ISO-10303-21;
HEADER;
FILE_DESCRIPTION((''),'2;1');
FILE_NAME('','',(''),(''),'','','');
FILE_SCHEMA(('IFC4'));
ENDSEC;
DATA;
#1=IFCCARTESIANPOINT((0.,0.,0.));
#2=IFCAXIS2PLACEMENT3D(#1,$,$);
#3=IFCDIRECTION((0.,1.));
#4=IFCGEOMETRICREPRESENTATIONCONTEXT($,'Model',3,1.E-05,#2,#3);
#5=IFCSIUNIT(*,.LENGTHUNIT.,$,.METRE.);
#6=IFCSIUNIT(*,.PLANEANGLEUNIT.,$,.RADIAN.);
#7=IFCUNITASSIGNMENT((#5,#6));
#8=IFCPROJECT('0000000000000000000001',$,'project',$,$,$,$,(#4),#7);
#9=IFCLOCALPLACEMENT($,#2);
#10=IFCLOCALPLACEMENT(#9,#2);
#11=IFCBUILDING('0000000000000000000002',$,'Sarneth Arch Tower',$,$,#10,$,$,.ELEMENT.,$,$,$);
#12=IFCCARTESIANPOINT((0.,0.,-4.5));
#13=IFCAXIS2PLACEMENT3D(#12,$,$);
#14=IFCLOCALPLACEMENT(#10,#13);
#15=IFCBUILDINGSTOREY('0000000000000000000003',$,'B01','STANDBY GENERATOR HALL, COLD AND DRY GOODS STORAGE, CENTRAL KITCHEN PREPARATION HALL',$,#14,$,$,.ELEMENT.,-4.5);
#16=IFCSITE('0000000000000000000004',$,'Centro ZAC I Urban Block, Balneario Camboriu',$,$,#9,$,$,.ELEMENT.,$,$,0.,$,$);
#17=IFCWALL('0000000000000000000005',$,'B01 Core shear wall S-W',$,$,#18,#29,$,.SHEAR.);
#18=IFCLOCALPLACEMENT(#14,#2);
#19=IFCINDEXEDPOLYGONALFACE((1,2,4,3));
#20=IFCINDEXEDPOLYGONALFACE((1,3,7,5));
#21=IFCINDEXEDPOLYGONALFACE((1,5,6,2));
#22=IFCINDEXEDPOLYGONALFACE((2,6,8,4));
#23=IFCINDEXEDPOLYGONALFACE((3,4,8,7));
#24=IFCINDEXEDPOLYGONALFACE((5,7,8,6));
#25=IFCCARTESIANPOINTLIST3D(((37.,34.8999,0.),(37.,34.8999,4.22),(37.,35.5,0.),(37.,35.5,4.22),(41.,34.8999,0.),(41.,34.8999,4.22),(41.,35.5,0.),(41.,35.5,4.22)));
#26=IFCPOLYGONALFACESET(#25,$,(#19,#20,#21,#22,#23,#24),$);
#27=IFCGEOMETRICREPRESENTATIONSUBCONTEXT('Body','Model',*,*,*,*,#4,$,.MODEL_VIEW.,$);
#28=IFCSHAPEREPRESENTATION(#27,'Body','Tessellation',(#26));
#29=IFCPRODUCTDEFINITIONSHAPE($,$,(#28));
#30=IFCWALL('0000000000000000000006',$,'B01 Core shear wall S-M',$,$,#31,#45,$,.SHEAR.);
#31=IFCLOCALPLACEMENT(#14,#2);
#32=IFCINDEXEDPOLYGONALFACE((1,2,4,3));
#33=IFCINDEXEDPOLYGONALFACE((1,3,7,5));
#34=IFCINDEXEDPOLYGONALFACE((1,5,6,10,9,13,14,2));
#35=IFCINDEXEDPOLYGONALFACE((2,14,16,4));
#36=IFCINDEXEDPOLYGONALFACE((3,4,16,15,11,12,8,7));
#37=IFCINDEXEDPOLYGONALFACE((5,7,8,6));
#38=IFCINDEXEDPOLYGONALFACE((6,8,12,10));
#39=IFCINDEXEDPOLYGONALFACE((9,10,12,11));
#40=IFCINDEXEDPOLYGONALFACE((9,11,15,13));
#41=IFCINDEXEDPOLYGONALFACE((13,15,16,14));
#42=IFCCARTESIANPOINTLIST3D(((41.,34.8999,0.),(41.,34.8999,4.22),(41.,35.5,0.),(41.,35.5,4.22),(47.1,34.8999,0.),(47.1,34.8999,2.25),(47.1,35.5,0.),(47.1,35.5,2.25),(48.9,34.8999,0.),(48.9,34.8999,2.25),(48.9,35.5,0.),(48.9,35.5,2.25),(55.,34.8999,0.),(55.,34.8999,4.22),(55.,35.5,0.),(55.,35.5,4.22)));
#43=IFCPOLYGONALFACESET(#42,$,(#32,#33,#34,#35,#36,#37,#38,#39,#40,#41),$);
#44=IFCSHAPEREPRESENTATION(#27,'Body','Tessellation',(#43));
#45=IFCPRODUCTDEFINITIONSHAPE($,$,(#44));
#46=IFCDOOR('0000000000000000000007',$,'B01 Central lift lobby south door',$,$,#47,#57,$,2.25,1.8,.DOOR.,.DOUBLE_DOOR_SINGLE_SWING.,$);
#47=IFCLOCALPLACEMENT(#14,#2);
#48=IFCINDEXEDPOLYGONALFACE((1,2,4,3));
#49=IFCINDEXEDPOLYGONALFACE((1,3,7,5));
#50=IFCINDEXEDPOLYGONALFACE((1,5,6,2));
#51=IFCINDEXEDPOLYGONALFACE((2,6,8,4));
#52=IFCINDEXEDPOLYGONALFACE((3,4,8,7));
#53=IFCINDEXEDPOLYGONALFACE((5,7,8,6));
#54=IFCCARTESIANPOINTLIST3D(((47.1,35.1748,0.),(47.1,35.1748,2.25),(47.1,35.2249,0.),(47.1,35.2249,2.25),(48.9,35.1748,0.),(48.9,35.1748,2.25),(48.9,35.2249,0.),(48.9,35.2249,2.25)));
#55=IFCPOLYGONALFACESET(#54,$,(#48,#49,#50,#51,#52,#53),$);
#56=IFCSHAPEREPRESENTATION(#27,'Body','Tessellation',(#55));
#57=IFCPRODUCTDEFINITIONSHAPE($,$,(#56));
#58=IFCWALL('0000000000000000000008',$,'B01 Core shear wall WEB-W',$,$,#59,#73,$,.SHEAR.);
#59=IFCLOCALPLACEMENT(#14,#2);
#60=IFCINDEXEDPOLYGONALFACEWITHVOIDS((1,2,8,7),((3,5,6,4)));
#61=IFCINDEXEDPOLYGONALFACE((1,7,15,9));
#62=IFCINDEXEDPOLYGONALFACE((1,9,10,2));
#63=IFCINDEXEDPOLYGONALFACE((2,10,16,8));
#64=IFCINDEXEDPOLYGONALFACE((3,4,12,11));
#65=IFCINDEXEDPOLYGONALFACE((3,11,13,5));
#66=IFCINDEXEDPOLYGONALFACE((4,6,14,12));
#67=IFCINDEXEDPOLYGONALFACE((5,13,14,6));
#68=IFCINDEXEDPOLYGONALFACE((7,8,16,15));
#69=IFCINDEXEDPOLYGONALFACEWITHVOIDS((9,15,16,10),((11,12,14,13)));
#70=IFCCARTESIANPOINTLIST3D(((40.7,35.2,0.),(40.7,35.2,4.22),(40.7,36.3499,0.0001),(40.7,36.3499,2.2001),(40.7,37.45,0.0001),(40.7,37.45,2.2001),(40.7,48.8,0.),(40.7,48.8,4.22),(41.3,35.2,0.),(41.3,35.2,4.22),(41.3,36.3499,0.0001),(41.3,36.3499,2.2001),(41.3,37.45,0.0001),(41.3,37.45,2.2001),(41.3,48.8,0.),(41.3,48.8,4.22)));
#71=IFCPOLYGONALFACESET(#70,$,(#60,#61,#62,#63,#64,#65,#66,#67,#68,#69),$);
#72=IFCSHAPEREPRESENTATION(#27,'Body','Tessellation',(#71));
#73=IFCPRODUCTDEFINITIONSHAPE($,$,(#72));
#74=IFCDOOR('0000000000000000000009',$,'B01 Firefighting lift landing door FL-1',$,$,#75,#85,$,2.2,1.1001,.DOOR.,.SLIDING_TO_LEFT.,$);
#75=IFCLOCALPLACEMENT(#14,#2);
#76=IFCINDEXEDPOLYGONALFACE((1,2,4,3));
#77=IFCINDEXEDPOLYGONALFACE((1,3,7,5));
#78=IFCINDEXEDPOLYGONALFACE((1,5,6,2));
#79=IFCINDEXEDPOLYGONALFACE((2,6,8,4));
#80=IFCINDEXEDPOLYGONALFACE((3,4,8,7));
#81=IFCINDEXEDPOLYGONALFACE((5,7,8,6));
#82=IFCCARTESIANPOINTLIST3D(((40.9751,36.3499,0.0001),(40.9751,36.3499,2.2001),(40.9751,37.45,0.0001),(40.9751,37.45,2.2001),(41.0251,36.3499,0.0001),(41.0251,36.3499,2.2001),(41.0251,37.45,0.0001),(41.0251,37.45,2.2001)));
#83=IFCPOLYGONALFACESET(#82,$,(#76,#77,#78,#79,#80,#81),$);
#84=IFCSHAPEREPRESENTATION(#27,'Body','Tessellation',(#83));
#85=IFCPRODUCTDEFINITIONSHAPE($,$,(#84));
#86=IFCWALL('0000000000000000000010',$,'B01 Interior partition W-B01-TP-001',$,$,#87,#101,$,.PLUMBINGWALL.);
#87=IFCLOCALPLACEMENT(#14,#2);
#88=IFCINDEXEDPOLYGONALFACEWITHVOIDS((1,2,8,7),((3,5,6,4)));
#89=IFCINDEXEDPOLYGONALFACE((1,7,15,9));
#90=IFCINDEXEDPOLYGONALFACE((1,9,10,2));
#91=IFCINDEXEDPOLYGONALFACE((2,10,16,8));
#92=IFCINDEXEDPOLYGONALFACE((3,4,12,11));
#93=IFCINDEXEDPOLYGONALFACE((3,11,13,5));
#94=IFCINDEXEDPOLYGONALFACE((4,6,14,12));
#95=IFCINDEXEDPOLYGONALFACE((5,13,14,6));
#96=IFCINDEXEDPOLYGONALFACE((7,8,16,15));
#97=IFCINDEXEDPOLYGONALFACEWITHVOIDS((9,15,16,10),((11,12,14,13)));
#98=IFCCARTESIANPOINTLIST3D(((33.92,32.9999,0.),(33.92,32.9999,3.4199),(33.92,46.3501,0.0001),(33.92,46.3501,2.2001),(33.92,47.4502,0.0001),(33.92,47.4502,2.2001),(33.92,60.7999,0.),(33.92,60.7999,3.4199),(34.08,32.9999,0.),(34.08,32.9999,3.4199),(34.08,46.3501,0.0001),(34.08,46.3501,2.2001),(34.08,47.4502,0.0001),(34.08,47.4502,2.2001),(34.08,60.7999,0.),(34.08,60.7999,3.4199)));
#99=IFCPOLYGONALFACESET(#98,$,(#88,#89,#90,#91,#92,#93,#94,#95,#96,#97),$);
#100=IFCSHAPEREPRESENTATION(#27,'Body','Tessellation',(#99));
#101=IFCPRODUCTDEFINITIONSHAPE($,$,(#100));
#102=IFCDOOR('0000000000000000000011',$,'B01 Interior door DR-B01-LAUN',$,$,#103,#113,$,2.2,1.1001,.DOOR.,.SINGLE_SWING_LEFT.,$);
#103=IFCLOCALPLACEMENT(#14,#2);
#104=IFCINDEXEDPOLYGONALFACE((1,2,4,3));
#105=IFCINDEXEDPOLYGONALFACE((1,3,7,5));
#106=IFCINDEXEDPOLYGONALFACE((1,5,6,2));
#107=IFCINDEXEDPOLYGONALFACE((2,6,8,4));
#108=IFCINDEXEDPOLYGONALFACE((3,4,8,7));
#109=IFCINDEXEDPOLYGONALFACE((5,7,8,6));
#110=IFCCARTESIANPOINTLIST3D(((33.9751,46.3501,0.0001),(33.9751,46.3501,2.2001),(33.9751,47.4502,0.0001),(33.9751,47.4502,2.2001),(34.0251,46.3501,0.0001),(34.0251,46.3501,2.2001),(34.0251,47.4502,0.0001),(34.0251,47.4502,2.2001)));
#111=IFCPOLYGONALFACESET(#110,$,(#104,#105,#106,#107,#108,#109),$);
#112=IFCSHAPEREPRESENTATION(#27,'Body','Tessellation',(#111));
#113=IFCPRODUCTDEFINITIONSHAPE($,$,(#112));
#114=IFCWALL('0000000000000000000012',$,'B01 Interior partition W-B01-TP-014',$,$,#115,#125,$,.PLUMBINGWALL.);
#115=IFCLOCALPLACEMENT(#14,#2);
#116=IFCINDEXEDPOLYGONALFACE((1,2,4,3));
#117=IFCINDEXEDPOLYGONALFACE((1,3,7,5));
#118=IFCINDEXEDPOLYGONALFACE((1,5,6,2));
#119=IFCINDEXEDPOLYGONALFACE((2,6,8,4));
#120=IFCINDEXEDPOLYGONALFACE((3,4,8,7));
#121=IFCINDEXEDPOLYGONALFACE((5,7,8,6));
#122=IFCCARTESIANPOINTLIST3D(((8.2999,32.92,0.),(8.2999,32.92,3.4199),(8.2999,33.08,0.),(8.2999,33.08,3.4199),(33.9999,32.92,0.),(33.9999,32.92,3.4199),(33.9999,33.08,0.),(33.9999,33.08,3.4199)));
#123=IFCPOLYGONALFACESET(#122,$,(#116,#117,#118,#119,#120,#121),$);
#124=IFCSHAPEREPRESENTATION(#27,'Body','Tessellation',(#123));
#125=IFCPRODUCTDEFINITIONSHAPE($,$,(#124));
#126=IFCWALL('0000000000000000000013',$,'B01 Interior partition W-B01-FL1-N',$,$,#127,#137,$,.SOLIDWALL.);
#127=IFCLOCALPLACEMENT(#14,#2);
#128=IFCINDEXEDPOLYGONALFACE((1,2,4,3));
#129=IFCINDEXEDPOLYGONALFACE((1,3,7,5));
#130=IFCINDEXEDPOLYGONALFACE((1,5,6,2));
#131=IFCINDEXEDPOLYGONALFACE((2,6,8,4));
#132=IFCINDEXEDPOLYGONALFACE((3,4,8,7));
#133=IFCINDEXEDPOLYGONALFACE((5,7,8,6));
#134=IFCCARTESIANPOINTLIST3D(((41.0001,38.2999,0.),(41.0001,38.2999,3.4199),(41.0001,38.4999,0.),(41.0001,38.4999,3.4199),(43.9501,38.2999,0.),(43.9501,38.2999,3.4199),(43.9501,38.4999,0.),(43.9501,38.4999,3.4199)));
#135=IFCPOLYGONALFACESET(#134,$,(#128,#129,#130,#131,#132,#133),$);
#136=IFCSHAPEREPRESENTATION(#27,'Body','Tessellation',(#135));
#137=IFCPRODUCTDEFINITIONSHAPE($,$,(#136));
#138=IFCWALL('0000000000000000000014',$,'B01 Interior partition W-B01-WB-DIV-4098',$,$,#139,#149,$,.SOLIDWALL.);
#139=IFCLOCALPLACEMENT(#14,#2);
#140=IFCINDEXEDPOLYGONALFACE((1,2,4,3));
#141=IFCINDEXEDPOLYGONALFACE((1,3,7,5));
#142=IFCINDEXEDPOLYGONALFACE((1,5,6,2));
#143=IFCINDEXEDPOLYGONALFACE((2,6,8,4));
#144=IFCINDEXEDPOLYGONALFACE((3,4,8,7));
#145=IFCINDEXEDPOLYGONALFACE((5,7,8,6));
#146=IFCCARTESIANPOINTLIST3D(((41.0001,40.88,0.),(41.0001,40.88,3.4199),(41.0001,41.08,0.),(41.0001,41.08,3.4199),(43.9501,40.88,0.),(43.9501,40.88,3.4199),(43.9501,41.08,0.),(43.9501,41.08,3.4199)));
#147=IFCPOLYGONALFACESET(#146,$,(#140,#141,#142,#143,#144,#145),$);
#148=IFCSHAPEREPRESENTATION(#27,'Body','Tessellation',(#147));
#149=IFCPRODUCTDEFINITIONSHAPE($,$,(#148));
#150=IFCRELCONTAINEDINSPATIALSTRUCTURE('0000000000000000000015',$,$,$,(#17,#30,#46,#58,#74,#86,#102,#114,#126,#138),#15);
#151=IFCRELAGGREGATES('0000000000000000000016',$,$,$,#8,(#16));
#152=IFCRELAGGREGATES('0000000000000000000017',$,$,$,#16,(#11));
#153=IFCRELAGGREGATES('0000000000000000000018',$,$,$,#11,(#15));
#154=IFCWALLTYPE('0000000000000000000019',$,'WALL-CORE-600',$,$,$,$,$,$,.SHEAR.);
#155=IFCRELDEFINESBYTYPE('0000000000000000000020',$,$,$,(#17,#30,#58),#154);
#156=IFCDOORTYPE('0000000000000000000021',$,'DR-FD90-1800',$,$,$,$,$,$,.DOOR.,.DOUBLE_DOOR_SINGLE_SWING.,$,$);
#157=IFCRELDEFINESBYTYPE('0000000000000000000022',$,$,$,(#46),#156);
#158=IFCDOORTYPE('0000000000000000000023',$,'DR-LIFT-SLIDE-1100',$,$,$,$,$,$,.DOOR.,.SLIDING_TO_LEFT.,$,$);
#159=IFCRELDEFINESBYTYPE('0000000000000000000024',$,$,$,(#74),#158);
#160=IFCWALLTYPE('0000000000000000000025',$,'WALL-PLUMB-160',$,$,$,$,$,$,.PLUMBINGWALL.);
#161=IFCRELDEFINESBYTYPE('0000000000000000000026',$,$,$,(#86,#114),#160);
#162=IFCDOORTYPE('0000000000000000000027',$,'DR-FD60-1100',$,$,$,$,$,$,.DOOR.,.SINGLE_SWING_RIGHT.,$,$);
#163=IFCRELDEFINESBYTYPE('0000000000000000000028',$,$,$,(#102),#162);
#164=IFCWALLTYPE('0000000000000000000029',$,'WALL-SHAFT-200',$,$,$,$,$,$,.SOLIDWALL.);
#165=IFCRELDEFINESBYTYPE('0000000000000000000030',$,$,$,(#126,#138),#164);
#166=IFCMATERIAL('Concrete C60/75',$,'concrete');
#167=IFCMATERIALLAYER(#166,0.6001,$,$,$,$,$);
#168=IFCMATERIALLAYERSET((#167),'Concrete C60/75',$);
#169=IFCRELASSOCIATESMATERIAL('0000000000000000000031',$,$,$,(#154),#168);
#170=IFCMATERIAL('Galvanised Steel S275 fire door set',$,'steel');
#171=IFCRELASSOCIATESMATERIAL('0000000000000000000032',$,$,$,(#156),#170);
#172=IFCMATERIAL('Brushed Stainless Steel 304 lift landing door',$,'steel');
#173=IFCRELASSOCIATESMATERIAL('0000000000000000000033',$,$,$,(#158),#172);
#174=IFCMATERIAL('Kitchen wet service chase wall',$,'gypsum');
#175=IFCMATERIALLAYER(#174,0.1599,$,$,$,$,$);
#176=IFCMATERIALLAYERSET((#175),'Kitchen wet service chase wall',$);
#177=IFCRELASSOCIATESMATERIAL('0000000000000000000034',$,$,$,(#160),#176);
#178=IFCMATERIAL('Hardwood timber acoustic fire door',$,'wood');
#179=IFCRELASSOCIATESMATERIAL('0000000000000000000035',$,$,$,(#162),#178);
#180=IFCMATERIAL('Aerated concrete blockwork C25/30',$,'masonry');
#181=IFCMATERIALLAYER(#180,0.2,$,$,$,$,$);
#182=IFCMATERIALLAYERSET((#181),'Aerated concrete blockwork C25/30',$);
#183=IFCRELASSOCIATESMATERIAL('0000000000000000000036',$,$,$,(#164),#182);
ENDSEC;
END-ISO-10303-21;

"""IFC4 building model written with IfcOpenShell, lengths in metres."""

from ifc_helpers import new_model, si_unit, direction, frame, frame_2d, origin, place, context, subcontext, project, spatial, rectangle, extrude, material, layer, layer_set, type_object, element, fill, save


model = new_model("IFC4")

# Units and contexts
model_context = context("Model", 3, precision=1e-05, world=origin(), true_north=direction((0.0, 1.0)))
body_context = subcontext(model_context, "Body", "Model", "MODEL_VIEW")
ifc_project = project(units=[si_unit("LENGTHUNIT", "METRE"), si_unit("PLANEANGLEUNIT", "RADIAN")], contexts=[model_context])

# Site, building, storey
site_placement = place(None, origin())
site = spatial("IfcSite", under=ifc_project, at=site_placement, Name="Centro ZAC I Urban Block, Balneario Camboriu", CompositionType="ELEMENT", RefElevation=0.0)
building_placement = place(site_placement, origin())
building = spatial("IfcBuilding", under=site, at=building_placement, Name="Sarneth Arch Tower", CompositionType="ELEMENT")
storey_placement = place(building_placement, frame((0.0, 0.0, -4.5)))
storey = spatial("IfcBuildingStorey", under=building, at=storey_placement, Name="B01", Description="STANDBY GENERATOR HALL, COLD AND DRY GOODS STORAGE, CENTRAL KITCHEN PREPARATION HALL", CompositionType="ELEMENT", Elevation=-4.5)

# Wall
ifc_material_1 = material(Name="Concrete C60/75", Category="concrete")
ifc_layer_1 = layer(ifc_material_1, 0.6001)
ifc_layer_set_1 = layer_set([ifc_layer_1], Name="Concrete C60/75")
wall_type_1 = type_object("IfcWallType", Name="WALL-CORE-600", PredefinedType="SHEAR", material=ifc_layer_set_1)
wall_1_placement = place(storey_placement, frame((37.0, 35.2, 0.0), z_axis=(0.0, 0.0, 1.0), x_axis=(1.0, 0.0, 0.0)))
element("IfcWall", 1, at=wall_1_placement, inside=storey, type_object=wall_type_1, Name="B01 Core shear wall S-W", PredefinedType="SHEAR", context=body_context, shape_type="SweptSolid", body=[
    extrude(rectangle(XDim=4.0, YDim=0.6001, at=frame_2d((2.0, 0.0))), origin(), (0.0, 0.0, 1.0), 4.22),
])

# Walls, openings, doors
wall_2_placement = place(storey_placement, frame((41.0, 35.2, 0.0), z_axis=(0.0, 0.0, 1.0), x_axis=(1.0, 0.0, 0.0)))
wall_2 = element("IfcWall", 2, at=wall_2_placement, inside=storey, type_object=wall_type_1, Name="B01 Core shear wall S-M", PredefinedType="SHEAR", context=body_context, shape_type="SweptSolid", body=[
    extrude(rectangle(XDim=14.0, YDim=0.6001, at=frame_2d((7.0, 0.0))), origin(), (0.0, 0.0, 1.0), 4.22),
])
opening_1_placement = place(wall_2_placement, frame((6.1001, 0.0, 0.0)))
opening_1 = element("IfcOpeningElement", 3, at=opening_1_placement, cuts=wall_2, PredefinedType="OPENING", context=body_context, shape_type="SweptSolid", body=[
    extrude(rectangle(XDim=1.8, YDim=2.25, at=frame_2d((0.8999, 1.125))), frame((0.0, 0.3101, 0.0), z_axis=(0.0, -1.0, 0.0), x_axis=(1.0, 0.0, 0.0)), (0.0, 0.0, 1.0), 0.6201),
])
ifc_material_2 = material(Name="Galvanised Steel S275 fire door set", Category="steel")
door_type_1 = type_object("IfcDoorType", Name="DR-FD90-1800", OperationType="DOUBLE_DOOR_SINGLE_SWING", PredefinedType="DOOR", material=ifc_material_2)
door_1_placement = place(opening_1_placement, origin())
door_1 = element("IfcDoor", 4, at=door_1_placement, inside=storey, type_object=door_type_1, Name="B01 Central lift lobby south door", OperationType="DOUBLE_DOOR_SINGLE_SWING", OverallHeight=2.25, OverallWidth=1.8, PredefinedType="DOOR", context=body_context, shape_type="SweptSolid", body=[
    extrude(rectangle(XDim=1.8, YDim=2.25, at=frame_2d((0.8999, 1.125))), frame((0.0, 0.0249, 0.0), z_axis=(0.0, -1.0, 0.0), x_axis=(1.0, 0.0, 0.0)), (0.0, 0.0, 1.0), 0.05),
])
fill(opening_1, door_1)
wall_3_placement = place(storey_placement, frame((41.0, 35.2, 0.0), z_axis=(0.0, 0.0, 1.0), x_axis=(0.0, 1.0, 0.0)))
wall_3 = element("IfcWall", 5, at=wall_3_placement, inside=storey, type_object=wall_type_1, Name="B01 Core shear wall WEB-W", PredefinedType="SHEAR", context=body_context, shape_type="SweptSolid", body=[
    extrude(rectangle(XDim=13.6001, YDim=0.6001, at=frame_2d((6.8, 0.0))), origin(), (0.0, 0.0, 1.0), 4.22),
])
opening_2_placement = place(wall_3_placement, frame((1.1499, 0.0, 0.0)))
opening_2 = element("IfcOpeningElement", 6, at=opening_2_placement, cuts=wall_3, PredefinedType="OPENING", context=body_context, shape_type="SweptSolid", body=[
    extrude(rectangle(XDim=1.1001, YDim=2.2, at=frame_2d((0.55, 1.1001))), frame((0.0, 0.3101, 0.0), z_axis=(0.0, -1.0, 0.0), x_axis=(1.0, 0.0, 0.0)), (0.0, 0.0, 1.0), 0.6201),
])
ifc_material_3 = material(Name="Brushed Stainless Steel 304 lift landing door", Category="steel")
door_type_2 = type_object("IfcDoorType", Name="DR-LIFT-SLIDE-1100", OperationType="SLIDING_TO_LEFT", PredefinedType="DOOR", material=ifc_material_3)
door_2_placement = place(opening_2_placement, origin())
door_2 = element("IfcDoor", 7, at=door_2_placement, inside=storey, type_object=door_type_2, Name="B01 Firefighting lift landing door FL-1", OperationType="SLIDING_TO_LEFT", OverallHeight=2.2, OverallWidth=1.1001, PredefinedType="DOOR", context=body_context, shape_type="SweptSolid", body=[
    extrude(rectangle(XDim=1.1001, YDim=2.2, at=frame_2d((0.55, 1.1001))), frame((0.0, 0.0249, 0.0), z_axis=(0.0, -1.0, 0.0), x_axis=(1.0, 0.0, 0.0)), (0.0, 0.0, 1.0), 0.05),
])
fill(opening_2, door_2)
ifc_material_4 = material(Name="Kitchen wet service chase wall", Category="gypsum")
ifc_layer_2 = layer(ifc_material_4, 0.1599)
ifc_layer_set_2 = layer_set([ifc_layer_2], Name="Kitchen wet service chase wall")
wall_type_2 = type_object("IfcWallType", Name="WALL-PLUMB-160", PredefinedType="PLUMBINGWALL", material=ifc_layer_set_2)
wall_4_placement = place(storey_placement, frame((34.0, 33.0, 0.0), z_axis=(0.0, 0.0, 1.0), x_axis=(0.0, 1.0, 0.0)))
wall_4 = element("IfcWall", 8, at=wall_4_placement, inside=storey, type_object=wall_type_2, Name="B01 Interior partition W-B01-TP-001", PredefinedType="PLUMBINGWALL", context=body_context, shape_type="SweptSolid", body=[
    extrude(rectangle(XDim=27.8, YDim=0.1599, at=frame_2d((13.8999, 0.0))), origin(), (0.0, 0.0, 1.0), 3.4199),
])
opening_3_placement = place(wall_4_placement, frame((13.3501, 0.0, 0.0)))
opening_3 = element("IfcOpeningElement", 9, at=opening_3_placement, cuts=wall_4, PredefinedType="OPENING", context=body_context, shape_type="SweptSolid", body=[
    extrude(rectangle(XDim=1.1001, YDim=2.2, at=frame_2d((0.55, 1.1001))), frame((0.0, 0.0898, 0.0), z_axis=(0.0, -1.0, 0.0), x_axis=(1.0, 0.0, 0.0)), (0.0, 0.0, 1.0), 0.1799),
])
ifc_material_5 = material(Name="Hardwood timber acoustic fire door", Category="wood")
door_type_3 = type_object("IfcDoorType", Name="DR-FD60-1100", OperationType="SINGLE_SWING_RIGHT", PredefinedType="DOOR", material=ifc_material_5)
door_3_placement = place(opening_3_placement, origin())
door_3 = element("IfcDoor", 10, at=door_3_placement, inside=storey, type_object=door_type_3, Name="B01 Interior door DR-B01-LAUN", OperationType="SINGLE_SWING_LEFT", OverallHeight=2.2, OverallWidth=1.1001, PredefinedType="DOOR", context=body_context, shape_type="SweptSolid", body=[
    extrude(rectangle(XDim=1.1001, YDim=2.2, at=frame_2d((0.55, 1.1001))), frame((0.0, 0.0249, 0.0), z_axis=(0.0, -1.0, 0.0), x_axis=(1.0, 0.0, 0.0)), (0.0, 0.0, 1.0), 0.05),
])
fill(opening_3, door_3)

# Wall
wall_5_placement = place(storey_placement, frame((34.0, 33.0, 0.0), z_axis=(0.0, 0.0, 1.0), x_axis=(-1.0, 0.0, 0.0)))
element("IfcWall", 11, at=wall_5_placement, inside=storey, type_object=wall_type_2, Name="B01 Interior partition W-B01-TP-014", PredefinedType="PLUMBINGWALL", context=body_context, shape_type="SweptSolid", body=[
    extrude(rectangle(XDim=25.7, YDim=0.1599, at=frame_2d((12.8501, 0.0))), origin(), (0.0, 0.0, 1.0), 3.4199),
])

# Shared definitions
ifc_material_6 = material(Name="Aerated concrete blockwork C25/30", Category="masonry")
ifc_layer_3 = layer(ifc_material_6, 0.2)
ifc_layer_set_3 = layer_set([ifc_layer_3], Name="Aerated concrete blockwork C25/30")
wall_type_3 = type_object("IfcWallType", Name="WALL-SHAFT-200", PredefinedType="SOLIDWALL", material=ifc_layer_set_3)

# Walls
for number, where, z_axis, x_axis, name in (
    (12, (41.0, 38.3999, 0.0), (0.0, 0.0, 1.0), (1.0, 0.0, 0.0), "B01 Interior partition W-B01-FL1-N"),
    (13, (41.0, 40.98, 0.0), (0.0, 0.0, 1.0), (1.0, 0.0, 0.0), "B01 Interior partition W-B01-WB-DIV-4098"),
):
    element("IfcWall", number, at=place(storey_placement, frame(where, z_axis=z_axis, x_axis=x_axis)), inside=storey, type_object=wall_type_3, Name=name, PredefinedType="SOLIDWALL", context=body_context, shape_type="SweptSolid", body=[
        extrude(rectangle(XDim=2.95, YDim=0.2, at=frame_2d((1.4751, 0.0))), origin(), (0.0, 0.0, 1.0), 3.4199),
    ])

save(model, "model.ifc")
